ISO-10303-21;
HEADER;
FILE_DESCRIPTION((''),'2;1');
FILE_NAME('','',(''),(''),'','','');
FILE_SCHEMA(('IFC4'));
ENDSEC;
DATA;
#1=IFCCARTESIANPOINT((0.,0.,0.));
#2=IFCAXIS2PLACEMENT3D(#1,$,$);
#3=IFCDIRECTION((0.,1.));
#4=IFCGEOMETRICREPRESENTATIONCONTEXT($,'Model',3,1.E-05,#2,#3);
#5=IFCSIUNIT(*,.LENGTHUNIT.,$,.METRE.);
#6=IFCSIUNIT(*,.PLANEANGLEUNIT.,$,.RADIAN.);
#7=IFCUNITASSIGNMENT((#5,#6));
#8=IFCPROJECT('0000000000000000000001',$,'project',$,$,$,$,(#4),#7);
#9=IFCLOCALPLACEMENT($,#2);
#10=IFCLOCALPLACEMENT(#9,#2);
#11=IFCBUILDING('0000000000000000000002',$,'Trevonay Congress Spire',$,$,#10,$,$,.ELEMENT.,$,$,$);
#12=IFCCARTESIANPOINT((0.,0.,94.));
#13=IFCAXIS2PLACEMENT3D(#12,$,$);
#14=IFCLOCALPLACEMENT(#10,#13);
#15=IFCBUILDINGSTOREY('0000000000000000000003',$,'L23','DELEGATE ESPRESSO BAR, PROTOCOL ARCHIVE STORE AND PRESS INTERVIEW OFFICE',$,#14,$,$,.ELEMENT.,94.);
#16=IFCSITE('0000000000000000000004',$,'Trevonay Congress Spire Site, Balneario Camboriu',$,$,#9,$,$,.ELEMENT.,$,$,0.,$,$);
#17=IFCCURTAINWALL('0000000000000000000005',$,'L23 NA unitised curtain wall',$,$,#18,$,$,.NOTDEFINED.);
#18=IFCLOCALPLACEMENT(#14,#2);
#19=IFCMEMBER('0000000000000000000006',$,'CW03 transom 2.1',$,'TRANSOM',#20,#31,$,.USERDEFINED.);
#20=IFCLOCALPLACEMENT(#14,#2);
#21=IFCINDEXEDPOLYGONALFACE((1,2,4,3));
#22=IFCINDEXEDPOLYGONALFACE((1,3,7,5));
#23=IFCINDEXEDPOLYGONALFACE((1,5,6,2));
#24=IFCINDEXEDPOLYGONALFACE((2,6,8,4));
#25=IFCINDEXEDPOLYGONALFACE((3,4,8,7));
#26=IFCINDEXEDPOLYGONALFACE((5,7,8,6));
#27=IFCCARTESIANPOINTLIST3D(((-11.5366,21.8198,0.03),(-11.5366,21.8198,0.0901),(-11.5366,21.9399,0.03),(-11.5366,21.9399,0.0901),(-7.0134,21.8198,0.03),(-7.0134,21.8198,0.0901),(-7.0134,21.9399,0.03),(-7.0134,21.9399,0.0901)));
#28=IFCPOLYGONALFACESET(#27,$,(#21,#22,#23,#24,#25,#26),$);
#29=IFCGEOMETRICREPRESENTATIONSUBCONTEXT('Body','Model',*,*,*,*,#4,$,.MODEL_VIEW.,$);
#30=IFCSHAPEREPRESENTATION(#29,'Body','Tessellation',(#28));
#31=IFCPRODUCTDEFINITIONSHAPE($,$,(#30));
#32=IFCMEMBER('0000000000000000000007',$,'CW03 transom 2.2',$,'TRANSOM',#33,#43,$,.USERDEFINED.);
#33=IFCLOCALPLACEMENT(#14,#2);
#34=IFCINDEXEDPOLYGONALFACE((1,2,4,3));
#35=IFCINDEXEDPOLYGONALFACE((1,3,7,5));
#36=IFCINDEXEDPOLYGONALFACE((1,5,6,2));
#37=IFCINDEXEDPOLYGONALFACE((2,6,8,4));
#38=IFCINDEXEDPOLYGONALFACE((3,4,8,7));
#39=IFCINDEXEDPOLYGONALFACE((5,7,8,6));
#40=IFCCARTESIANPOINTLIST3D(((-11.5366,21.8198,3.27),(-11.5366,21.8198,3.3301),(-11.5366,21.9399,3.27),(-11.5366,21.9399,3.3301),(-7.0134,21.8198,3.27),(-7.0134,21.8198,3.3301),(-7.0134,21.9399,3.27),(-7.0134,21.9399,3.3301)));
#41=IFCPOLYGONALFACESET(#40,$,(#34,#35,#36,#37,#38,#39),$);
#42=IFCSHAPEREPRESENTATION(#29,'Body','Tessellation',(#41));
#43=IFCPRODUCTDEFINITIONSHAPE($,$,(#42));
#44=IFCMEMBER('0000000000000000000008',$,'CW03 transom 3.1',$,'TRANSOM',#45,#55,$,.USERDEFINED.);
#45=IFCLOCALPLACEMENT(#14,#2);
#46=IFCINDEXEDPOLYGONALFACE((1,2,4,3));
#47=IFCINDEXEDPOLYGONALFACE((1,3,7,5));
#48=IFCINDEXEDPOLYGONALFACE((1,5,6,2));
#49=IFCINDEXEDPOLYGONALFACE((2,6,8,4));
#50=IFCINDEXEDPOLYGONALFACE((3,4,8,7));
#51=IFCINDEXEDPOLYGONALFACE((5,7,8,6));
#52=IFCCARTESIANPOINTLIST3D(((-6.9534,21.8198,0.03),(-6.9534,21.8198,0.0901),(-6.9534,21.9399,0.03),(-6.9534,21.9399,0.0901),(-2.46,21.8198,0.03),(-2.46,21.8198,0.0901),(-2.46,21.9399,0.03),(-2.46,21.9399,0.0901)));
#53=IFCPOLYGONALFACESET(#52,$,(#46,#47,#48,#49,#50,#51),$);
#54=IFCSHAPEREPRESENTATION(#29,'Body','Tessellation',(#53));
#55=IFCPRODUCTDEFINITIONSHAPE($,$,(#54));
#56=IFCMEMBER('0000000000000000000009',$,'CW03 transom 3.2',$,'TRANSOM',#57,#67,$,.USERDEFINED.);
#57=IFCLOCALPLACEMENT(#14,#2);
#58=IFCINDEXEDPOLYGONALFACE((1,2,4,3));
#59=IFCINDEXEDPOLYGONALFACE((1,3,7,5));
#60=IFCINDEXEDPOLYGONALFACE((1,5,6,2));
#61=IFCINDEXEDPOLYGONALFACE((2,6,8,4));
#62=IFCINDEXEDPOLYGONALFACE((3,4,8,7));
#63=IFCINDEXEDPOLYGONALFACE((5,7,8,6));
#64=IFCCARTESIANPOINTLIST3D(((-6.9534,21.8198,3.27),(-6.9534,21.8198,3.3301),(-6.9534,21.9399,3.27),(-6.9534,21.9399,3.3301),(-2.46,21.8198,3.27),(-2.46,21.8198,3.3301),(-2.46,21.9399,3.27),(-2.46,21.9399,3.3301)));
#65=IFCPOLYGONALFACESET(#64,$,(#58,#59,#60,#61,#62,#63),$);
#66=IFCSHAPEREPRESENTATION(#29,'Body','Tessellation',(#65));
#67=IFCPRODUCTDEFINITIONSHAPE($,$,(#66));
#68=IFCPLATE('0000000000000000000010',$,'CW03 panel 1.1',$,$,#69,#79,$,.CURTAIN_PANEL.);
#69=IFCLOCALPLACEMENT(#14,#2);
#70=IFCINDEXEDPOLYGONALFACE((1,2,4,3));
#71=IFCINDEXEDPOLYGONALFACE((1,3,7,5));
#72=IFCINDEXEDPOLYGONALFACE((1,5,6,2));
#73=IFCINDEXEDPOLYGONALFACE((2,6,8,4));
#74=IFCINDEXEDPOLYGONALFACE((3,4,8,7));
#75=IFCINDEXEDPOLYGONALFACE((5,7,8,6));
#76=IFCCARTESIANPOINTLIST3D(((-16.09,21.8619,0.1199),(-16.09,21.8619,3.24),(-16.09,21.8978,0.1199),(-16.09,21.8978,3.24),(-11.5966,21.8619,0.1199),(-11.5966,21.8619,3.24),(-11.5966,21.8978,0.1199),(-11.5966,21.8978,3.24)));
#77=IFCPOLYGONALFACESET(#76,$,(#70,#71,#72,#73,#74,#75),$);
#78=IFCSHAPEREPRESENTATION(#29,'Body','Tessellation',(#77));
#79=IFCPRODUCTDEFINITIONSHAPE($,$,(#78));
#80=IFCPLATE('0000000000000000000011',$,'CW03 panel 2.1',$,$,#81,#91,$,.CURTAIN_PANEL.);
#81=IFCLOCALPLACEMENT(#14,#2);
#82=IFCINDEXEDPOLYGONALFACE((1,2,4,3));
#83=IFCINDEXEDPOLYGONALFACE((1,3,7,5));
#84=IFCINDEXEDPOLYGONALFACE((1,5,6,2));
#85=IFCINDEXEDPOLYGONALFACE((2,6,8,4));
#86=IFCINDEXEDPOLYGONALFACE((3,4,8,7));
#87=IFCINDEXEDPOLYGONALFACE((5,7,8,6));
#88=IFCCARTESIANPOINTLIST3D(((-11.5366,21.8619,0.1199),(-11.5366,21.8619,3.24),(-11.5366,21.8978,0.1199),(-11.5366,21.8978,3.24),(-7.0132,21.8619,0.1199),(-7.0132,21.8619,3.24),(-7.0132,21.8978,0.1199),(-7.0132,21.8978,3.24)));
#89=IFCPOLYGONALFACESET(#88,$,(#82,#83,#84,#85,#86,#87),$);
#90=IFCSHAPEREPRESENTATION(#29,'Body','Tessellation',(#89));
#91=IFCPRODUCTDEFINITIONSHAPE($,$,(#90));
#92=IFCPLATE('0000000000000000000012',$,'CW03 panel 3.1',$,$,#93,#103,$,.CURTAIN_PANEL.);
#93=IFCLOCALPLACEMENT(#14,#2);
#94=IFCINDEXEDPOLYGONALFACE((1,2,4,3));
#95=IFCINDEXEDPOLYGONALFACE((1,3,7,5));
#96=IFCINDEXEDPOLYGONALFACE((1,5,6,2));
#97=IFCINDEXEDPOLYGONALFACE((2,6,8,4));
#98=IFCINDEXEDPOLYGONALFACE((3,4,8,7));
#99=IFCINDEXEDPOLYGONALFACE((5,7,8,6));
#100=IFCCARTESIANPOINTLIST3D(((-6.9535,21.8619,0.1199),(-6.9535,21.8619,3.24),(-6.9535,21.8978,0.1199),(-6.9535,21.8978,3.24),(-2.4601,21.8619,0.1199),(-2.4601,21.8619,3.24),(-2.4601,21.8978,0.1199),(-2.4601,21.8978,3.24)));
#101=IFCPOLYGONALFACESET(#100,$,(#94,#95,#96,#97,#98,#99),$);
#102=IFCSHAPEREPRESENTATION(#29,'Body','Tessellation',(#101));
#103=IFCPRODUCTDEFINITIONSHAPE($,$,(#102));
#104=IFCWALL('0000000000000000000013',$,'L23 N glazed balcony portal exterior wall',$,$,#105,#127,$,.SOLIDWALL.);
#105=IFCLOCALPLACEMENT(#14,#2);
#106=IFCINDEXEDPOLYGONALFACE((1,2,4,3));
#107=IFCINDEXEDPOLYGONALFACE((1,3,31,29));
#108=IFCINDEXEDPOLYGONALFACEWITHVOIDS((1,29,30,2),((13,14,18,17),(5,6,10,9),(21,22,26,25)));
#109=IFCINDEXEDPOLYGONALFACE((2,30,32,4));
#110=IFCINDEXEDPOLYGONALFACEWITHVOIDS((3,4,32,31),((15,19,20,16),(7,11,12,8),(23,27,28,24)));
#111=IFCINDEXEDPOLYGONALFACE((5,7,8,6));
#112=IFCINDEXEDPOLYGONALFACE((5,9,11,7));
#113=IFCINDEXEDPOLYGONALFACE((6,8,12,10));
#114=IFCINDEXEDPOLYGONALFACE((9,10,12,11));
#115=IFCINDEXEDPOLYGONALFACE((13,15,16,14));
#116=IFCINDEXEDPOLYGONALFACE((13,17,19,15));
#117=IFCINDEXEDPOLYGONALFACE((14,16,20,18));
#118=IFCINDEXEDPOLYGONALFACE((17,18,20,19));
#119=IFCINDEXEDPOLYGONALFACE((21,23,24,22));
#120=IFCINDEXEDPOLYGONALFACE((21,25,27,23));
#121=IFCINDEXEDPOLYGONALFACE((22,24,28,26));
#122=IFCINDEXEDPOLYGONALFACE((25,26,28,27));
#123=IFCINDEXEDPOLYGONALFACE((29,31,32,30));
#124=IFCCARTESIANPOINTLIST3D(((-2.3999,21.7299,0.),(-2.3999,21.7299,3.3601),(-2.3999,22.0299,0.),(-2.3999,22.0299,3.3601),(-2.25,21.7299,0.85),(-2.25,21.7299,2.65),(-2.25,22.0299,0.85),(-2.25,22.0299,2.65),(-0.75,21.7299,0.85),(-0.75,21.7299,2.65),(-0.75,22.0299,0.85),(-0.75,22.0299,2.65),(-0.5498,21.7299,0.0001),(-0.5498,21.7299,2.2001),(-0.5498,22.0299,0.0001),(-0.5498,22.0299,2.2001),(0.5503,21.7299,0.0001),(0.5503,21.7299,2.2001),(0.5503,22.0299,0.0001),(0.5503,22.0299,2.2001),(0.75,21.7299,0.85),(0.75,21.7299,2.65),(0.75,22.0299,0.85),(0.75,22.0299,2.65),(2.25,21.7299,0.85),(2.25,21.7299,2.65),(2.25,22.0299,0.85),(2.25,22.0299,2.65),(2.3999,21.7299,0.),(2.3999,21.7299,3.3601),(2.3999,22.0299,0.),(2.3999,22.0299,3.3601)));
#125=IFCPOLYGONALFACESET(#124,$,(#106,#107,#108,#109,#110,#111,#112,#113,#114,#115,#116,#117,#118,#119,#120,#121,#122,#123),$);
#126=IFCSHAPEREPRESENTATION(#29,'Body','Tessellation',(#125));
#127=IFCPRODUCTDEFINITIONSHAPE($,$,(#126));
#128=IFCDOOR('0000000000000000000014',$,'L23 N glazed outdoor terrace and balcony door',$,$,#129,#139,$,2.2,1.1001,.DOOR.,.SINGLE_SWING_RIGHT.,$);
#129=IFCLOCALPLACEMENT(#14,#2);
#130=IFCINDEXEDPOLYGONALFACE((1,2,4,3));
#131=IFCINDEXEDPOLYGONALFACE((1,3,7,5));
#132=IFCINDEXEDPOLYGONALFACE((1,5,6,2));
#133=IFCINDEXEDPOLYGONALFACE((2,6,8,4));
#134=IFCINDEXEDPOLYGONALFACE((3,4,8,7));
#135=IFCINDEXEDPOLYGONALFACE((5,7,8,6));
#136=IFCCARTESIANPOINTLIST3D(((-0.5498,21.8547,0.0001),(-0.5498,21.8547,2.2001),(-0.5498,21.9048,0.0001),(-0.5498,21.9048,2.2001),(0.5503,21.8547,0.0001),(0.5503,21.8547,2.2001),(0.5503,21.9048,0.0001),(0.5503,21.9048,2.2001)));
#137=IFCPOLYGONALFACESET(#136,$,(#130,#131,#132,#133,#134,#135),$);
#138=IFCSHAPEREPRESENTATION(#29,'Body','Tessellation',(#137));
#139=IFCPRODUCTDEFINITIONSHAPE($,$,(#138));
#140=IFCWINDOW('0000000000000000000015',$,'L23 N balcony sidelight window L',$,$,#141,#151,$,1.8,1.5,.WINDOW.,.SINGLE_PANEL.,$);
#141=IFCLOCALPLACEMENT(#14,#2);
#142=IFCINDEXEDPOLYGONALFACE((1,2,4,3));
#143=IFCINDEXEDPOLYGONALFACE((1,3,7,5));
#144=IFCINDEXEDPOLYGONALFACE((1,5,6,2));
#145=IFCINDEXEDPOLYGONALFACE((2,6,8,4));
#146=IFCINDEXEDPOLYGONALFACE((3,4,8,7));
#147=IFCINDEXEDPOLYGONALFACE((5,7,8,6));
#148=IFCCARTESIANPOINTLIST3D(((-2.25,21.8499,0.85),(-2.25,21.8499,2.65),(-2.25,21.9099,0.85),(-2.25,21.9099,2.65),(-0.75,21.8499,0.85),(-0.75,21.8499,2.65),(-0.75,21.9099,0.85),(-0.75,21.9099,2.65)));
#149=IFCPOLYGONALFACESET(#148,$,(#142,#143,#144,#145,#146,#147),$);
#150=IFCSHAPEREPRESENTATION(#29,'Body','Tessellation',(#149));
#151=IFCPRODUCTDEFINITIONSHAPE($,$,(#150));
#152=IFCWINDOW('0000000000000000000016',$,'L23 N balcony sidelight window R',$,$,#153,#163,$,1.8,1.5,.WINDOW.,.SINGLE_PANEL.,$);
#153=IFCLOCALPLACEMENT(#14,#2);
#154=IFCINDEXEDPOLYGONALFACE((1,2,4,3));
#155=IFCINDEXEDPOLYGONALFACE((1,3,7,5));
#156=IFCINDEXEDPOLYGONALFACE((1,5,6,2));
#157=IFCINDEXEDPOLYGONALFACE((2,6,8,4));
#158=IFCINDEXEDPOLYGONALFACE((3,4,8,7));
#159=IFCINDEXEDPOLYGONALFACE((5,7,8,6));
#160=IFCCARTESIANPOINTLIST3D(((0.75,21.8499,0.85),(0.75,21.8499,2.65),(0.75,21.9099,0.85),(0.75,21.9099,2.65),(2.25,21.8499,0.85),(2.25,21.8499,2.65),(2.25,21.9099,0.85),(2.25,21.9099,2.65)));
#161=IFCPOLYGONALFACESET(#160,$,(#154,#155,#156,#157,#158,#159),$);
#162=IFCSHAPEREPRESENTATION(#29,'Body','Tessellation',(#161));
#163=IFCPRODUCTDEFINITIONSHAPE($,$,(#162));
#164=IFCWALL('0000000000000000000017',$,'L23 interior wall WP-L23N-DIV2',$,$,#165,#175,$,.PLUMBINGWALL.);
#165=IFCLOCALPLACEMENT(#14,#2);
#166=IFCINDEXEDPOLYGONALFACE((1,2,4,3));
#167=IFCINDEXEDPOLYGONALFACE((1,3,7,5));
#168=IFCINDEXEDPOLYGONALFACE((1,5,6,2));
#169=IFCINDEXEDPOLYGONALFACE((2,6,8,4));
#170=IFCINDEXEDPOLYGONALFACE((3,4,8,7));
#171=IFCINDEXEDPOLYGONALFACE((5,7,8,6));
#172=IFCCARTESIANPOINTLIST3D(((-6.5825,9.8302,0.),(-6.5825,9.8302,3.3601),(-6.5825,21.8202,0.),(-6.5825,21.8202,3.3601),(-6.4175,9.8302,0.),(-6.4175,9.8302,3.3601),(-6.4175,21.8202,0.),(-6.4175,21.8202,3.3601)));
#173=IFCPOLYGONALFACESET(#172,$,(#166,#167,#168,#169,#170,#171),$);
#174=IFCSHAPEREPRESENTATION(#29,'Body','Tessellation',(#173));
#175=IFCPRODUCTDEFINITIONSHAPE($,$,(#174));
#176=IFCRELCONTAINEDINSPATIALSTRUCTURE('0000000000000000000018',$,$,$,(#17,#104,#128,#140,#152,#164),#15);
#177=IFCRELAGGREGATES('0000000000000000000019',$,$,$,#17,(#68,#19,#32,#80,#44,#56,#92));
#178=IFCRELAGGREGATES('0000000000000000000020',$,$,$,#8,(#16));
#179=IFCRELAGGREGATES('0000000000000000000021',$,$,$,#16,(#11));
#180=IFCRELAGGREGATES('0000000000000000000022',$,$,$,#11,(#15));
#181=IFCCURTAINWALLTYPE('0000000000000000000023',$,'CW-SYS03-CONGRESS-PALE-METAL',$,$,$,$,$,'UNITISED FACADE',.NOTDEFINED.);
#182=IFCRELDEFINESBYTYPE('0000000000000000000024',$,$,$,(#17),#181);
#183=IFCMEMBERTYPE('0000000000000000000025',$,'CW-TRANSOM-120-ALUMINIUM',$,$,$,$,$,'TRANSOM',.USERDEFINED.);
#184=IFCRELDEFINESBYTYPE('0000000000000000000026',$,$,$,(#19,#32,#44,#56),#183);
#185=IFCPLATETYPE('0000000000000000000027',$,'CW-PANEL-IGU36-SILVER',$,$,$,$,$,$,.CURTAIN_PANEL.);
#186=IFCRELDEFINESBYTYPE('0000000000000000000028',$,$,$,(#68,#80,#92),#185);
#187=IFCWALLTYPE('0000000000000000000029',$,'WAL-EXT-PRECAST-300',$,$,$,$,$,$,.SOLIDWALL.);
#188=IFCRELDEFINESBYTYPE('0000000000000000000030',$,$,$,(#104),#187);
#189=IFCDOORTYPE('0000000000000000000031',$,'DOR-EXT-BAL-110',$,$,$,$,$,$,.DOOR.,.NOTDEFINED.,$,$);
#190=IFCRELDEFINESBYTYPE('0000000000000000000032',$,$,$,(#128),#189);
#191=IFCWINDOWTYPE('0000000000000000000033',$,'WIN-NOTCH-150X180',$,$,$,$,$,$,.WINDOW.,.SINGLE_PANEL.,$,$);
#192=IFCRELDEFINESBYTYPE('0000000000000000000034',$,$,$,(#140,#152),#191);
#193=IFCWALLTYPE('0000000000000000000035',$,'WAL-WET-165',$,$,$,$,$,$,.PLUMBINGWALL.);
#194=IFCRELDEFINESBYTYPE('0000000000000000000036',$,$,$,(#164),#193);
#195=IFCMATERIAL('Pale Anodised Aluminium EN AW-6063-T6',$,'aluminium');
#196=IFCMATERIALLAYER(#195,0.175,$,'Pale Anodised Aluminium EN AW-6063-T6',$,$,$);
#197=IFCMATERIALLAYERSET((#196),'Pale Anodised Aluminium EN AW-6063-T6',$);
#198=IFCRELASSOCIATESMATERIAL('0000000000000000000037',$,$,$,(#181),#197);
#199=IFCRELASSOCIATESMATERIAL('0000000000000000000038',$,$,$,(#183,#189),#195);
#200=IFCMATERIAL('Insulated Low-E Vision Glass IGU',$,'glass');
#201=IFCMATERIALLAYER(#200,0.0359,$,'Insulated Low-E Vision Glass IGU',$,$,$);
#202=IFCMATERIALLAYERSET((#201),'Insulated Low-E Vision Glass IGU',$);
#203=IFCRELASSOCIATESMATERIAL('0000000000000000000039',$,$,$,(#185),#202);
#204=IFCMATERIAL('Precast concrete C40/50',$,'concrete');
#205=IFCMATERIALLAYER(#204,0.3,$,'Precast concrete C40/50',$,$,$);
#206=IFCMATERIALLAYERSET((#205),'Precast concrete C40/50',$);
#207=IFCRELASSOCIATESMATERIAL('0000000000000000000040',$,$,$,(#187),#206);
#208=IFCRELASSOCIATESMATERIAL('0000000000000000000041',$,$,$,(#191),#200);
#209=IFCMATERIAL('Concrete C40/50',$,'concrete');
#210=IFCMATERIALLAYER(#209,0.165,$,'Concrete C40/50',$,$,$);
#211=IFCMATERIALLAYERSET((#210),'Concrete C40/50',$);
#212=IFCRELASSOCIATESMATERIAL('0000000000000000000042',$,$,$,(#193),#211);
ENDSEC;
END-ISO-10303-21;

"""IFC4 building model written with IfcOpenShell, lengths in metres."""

from ifc_helpers import new_model, si_unit, direction, frame, frame_2d, origin, origin_2d, place, context, subcontext, project, spatial, rectangle, extrude, material, layer, layer_set, material_profile, profile_set, type_object, element, fill, aggregate, save


model = new_model("IFC4")

# Units and contexts
model_context = context("Model", 3, precision=1e-05, world=origin(), true_north=direction((0.0, 1.0)))
body_context = subcontext(model_context, "Body", "Model", "MODEL_VIEW")
ifc_project = project(units=[si_unit("LENGTHUNIT", "METRE"), si_unit("PLANEANGLEUNIT", "RADIAN")], contexts=[model_context])

# Site, building, storey
site_placement = place(None, origin())
site = spatial("IfcSite", under=ifc_project, at=site_placement, Name="Trevonay Congress Spire Site, Balneario Camboriu", CompositionType="ELEMENT", RefElevation=0.0)
building_placement = place(site_placement, origin())
building = spatial("IfcBuilding", under=site, at=building_placement, Name="Trevonay Congress Spire", CompositionType="ELEMENT")
storey_placement = place(building_placement, frame((0.0, 0.0, 94.0)))
storey = spatial("IfcBuildingStorey", under=building, at=storey_placement, Name="L23", Description="DELEGATE ESPRESSO BAR, PROTOCOL ARCHIVE STORE AND PRESS INTERVIEW OFFICE", CompositionType="ELEMENT", Elevation=94.0)

# Curtain wall, members, plates
ifc_material_1 = material(Name="Pale Anodised Aluminium EN AW-6063-T6", Category="aluminium")
ifc_layer_1 = layer(ifc_material_1, 0.175, Name="Pale Anodised Aluminium EN AW-6063-T6")
ifc_layer_set_1 = layer_set([ifc_layer_1], Name="Pale Anodised Aluminium EN AW-6063-T6")
curtain_wall_type = type_object("IfcCurtainWallType", Name="CW-SYS03-CONGRESS-PALE-METAL", ElementType="UNITISED FACADE", PredefinedType="NOTDEFINED", material=ifc_layer_set_1)
curtain_wall_placement = place(storey_placement, origin())
curtain_wall = element("IfcCurtainWall", 1, at=curtain_wall_placement, inside=storey, type_object=curtain_wall_type, Name="L23 NA unitised curtain wall", PredefinedType="NOTDEFINED")
ifc_material_profile_1 = material_profile(ifc_material_1, rectangle(XDim=0.1201, YDim=0.0601, at=origin_2d()), Name="CW-TRANSOM-120-ALUMINIUM")
ifc_profile_set_1 = profile_set([ifc_material_profile_1], Name="Pale Anodised Aluminium EN AW-6063-T6")
member_type_1 = type_object("IfcMemberType", Name="CW-TRANSOM-120-ALUMINIUM", ElementType="TRANSOM", PredefinedType="USERDEFINED", material=ifc_profile_set_1)
member_1_placement = place(storey_placement, frame((-11.5366, 21.8799, 0.0601), z_axis=(1.0, 0.0, 0.0), x_axis=(0.0, 1.0, 0.0)))
member_1 = element("IfcMember", 2, at=member_1_placement, type_object=member_type_1, Name="CW03 transom 2.1", ObjectType="TRANSOM", PredefinedType="USERDEFINED", context=body_context, shape_type="SweptSolid", body=[
    extrude(rectangle(XDim=0.1201, YDim=0.0601, at=origin_2d()), origin(), (0.0, 0.0, 1.0), 4.5232),
])
member_2_placement = place(storey_placement, frame((-11.5366, 21.8799, 3.3), z_axis=(1.0, 0.0, 0.0), x_axis=(0.0, 1.0, 0.0)))
member_2 = element("IfcMember", 3, at=member_2_placement, type_object=member_type_1, Name="CW03 transom 2.2", ObjectType="TRANSOM", PredefinedType="USERDEFINED", context=body_context, shape_type="SweptSolid", body=[
    extrude(rectangle(XDim=0.1201, YDim=0.0601, at=origin_2d()), origin(), (0.0, 0.0, 1.0), 4.5232),
])
member_3_placement = place(storey_placement, frame((-6.9534, 21.8799, 0.0601), z_axis=(1.0, 0.0, 0.0), x_axis=(0.0, 1.0, 0.0)))
member_3 = element("IfcMember", 4, at=member_3_placement, type_object=member_type_1, Name="CW03 transom 3.1", ObjectType="TRANSOM", PredefinedType="USERDEFINED", context=body_context, shape_type="SweptSolid", body=[
    extrude(rectangle(XDim=0.1201, YDim=0.0601, at=origin_2d()), origin(), (0.0, 0.0, 1.0), 4.4934),
])
member_4_placement = place(storey_placement, frame((-6.9534, 21.8799, 3.3), z_axis=(1.0, 0.0, 0.0), x_axis=(0.0, 1.0, 0.0)))
member_4 = element("IfcMember", 5, at=member_4_placement, type_object=member_type_1, Name="CW03 transom 3.2", ObjectType="TRANSOM", PredefinedType="USERDEFINED", context=body_context, shape_type="SweptSolid", body=[
    extrude(rectangle(XDim=0.1201, YDim=0.0601, at=origin_2d()), origin(), (0.0, 0.0, 1.0), 4.4934),
])
ifc_material_2 = material(Name="Insulated Low-E Vision Glass IGU", Category="glass")
ifc_layer_2 = layer(ifc_material_2, 0.0359, Name="Insulated Low-E Vision Glass IGU")
ifc_layer_set_2 = layer_set([ifc_layer_2], Name="Insulated Low-E Vision Glass IGU")
plate_type = type_object("IfcPlateType", Name="CW-PANEL-IGU36-SILVER", PredefinedType="CURTAIN_PANEL", material=ifc_layer_set_2)
plate_1_placement = place(storey_placement, frame((-13.8433, 21.8799, 0.1199), z_axis=(0.0, 0.0, 1.0), x_axis=(1.0, 0.0, 0.0)))
plate_1 = element("IfcPlate", 6, at=plate_1_placement, type_object=plate_type, Name="CW03 panel 1.1", PredefinedType="CURTAIN_PANEL", context=body_context, shape_type="SweptSolid", body=[
    extrude(rectangle(XDim=4.4934, YDim=0.0359, at=origin_2d()), origin(), (0.0, 0.0, 1.0), 3.1201),
])
plate_2_placement = place(storey_placement, frame((-9.2749, 21.8799, 0.1199), z_axis=(0.0, 0.0, 1.0), x_axis=(1.0, 0.0, 0.0)))
plate_2 = element("IfcPlate", 7, at=plate_2_placement, type_object=plate_type, Name="CW03 panel 2.1", PredefinedType="CURTAIN_PANEL", context=body_context, shape_type="SweptSolid", body=[
    extrude(rectangle(XDim=4.5234, YDim=0.0359, at=origin_2d()), origin(), (0.0, 0.0, 1.0), 3.1201),
])
plate_3_placement = place(storey_placement, frame((-4.7068, 21.8799, 0.1199), z_axis=(0.0, 0.0, 1.0), x_axis=(1.0, 0.0, 0.0)))
plate_3 = element("IfcPlate", 8, at=plate_3_placement, type_object=plate_type, Name="CW03 panel 3.1", PredefinedType="CURTAIN_PANEL", context=body_context, shape_type="SweptSolid", body=[
    extrude(rectangle(XDim=4.4934, YDim=0.0359, at=origin_2d()), origin(), (0.0, 0.0, 1.0), 3.1201),
])
aggregate(curtain_wall, [plate_1, member_1, member_2, plate_2, member_3, member_4, plate_3])

# Wall, openings, door, windows
ifc_material_3 = material(Name="Precast concrete C40/50", Category="concrete")
ifc_layer_3 = layer(ifc_material_3, 0.3, Name="Precast concrete C40/50")
ifc_layer_set_3 = layer_set([ifc_layer_3], Name="Precast concrete C40/50")
wall_type_1 = type_object("IfcWallType", Name="WAL-EXT-PRECAST-300", PredefinedType="SOLIDWALL", material=ifc_layer_set_3)
wall_1_placement = place(storey_placement, frame((-2.3999, 21.8799, 0.0), z_axis=(0.0, 0.0, 1.0), x_axis=(1.0, 0.0, 0.0)))
wall_1 = element("IfcWall", 9, at=wall_1_placement, inside=storey, type_object=wall_type_1, Name="L23 N glazed balcony portal exterior wall", PredefinedType="SOLIDWALL", context=body_context, shape_type="SweptSolid", body=[
    extrude(rectangle(XDim=4.7998, YDim=0.3, at=frame_2d((2.3999, 0.0))), origin(), (0.0, 0.0, 1.0), 3.3601),
])
opening_1_placement = place(wall_1_placement, frame((1.8501, 0.0, 0.0)))
opening_1 = element("IfcOpeningElement", 10, at=opening_1_placement, cuts=wall_1, PredefinedType="OPENING", context=body_context, shape_type="SweptSolid", body=[
    extrude(rectangle(XDim=1.1001, YDim=2.2, at=frame_2d((0.55, 1.1001))), frame((0.0, 0.1602, 0.0), z_axis=(0.0, -1.0, 0.0), x_axis=(1.0, 0.0, 0.0)), (0.0, 0.0, 1.0), 0.3201),
])
opening_2_placement = place(wall_1_placement, frame((0.1499, 0.0, 0.8501)))
opening_2 = element("IfcOpeningElement", 11, at=opening_2_placement, cuts=wall_1, PredefinedType="OPENING", context=body_context, shape_type="SweptSolid", body=[
    extrude(rectangle(XDim=1.5, YDim=1.8, at=frame_2d((0.75, 0.8999))), frame((0.0, 0.1602, 0.0), z_axis=(0.0, -1.0, 0.0), x_axis=(1.0, 0.0, 0.0)), (0.0, 0.0, 1.0), 0.3201),
])
opening_3_placement = place(wall_1_placement, frame((3.1499, 0.0, 0.8501)))
opening_3 = element("IfcOpeningElement", 12, at=opening_3_placement, cuts=wall_1, PredefinedType="OPENING", context=body_context, shape_type="SweptSolid", body=[
    extrude(rectangle(XDim=1.5, YDim=1.8, at=frame_2d((0.75, 0.8999))), frame((0.0, 0.1602, 0.0), z_axis=(0.0, -1.0, 0.0), x_axis=(1.0, 0.0, 0.0)), (0.0, 0.0, 1.0), 0.3201),
])
door_type = type_object("IfcDoorType", Name="DOR-EXT-BAL-110", OperationType="NOTDEFINED", PredefinedType="DOOR", material=ifc_material_1)
door_placement = place(opening_1_placement, origin())
door = element("IfcDoor", 13, at=door_placement, inside=storey, type_object=door_type, Name="L23 N glazed outdoor terrace and balcony door", OperationType="SINGLE_SWING_RIGHT", OverallHeight=2.2, OverallWidth=1.1001, PredefinedType="DOOR", context=body_context, shape_type="SweptSolid", body=[
    extrude(rectangle(XDim=1.1001, YDim=2.2, at=frame_2d((0.55, 1.1001))), frame((0.0, 0.0249, 0.0), z_axis=(0.0, -1.0, 0.0), x_axis=(1.0, 0.0, 0.0)), (0.0, 0.0, 1.0), 0.05),
])
fill(opening_1, door)
window_type = type_object("IfcWindowType", Name="WIN-NOTCH-150X180", PartitioningType="SINGLE_PANEL", PredefinedType="WINDOW", material=ifc_material_2)
window_1_placement = place(opening_2_placement, origin())
window_1 = element("IfcWindow", 14, at=window_1_placement, inside=storey, type_object=window_type, Name="L23 N balcony sidelight window L", OverallHeight=1.8, OverallWidth=1.5, PartitioningType="SINGLE_PANEL", PredefinedType="WINDOW", context=body_context, shape_type="SweptSolid", body=[
    extrude(rectangle(XDim=1.5, YDim=1.8, at=frame_2d((0.75, 0.8999))), frame((0.0, 0.03, 0.0), z_axis=(0.0, -1.0, 0.0), x_axis=(1.0, 0.0, 0.0)), (0.0, 0.0, 1.0), 0.0601),
])
fill(opening_2, window_1)
window_2_placement = place(opening_3_placement, origin())
window_2 = element("IfcWindow", 15, at=window_2_placement, inside=storey, type_object=window_type, Name="L23 N balcony sidelight window R", OverallHeight=1.8, OverallWidth=1.5, PartitioningType="SINGLE_PANEL", PredefinedType="WINDOW", context=body_context, shape_type="SweptSolid", body=[
    extrude(rectangle(XDim=1.5, YDim=1.8, at=frame_2d((0.75, 0.8999))), frame((0.0, 0.03, 0.0), z_axis=(0.0, -1.0, 0.0), x_axis=(1.0, 0.0, 0.0)), (0.0, 0.0, 1.0), 0.0601),
])
fill(opening_3, window_2)

# Wall
ifc_material_4 = material(Name="Concrete C40/50", Category="concrete")
ifc_layer_4 = layer(ifc_material_4, 0.165, Name="Concrete C40/50")
ifc_layer_set_4 = layer_set([ifc_layer_4], Name="Concrete C40/50")
wall_type_2 = type_object("IfcWallType", Name="WAL-WET-165", PredefinedType="PLUMBINGWALL", material=ifc_layer_set_4)
wall_2_placement = place(storey_placement, frame((-6.5, 9.8301, 0.0), z_axis=(0.0, 0.0, 1.0), x_axis=(0.0, 1.0, 0.0)))
element("IfcWall", 16, at=wall_2_placement, inside=storey, type_object=wall_type_2, Name="L23 interior wall WP-L23N-DIV2", PredefinedType="PLUMBINGWALL", context=body_context, shape_type="SweptSolid", body=[
    extrude(rectangle(XDim=11.99, YDim=0.165, at=frame_2d((5.9951, 0.0))), origin(), (0.0, 0.0, 1.0), 3.3601),
])

save(model, "model.ifc")
